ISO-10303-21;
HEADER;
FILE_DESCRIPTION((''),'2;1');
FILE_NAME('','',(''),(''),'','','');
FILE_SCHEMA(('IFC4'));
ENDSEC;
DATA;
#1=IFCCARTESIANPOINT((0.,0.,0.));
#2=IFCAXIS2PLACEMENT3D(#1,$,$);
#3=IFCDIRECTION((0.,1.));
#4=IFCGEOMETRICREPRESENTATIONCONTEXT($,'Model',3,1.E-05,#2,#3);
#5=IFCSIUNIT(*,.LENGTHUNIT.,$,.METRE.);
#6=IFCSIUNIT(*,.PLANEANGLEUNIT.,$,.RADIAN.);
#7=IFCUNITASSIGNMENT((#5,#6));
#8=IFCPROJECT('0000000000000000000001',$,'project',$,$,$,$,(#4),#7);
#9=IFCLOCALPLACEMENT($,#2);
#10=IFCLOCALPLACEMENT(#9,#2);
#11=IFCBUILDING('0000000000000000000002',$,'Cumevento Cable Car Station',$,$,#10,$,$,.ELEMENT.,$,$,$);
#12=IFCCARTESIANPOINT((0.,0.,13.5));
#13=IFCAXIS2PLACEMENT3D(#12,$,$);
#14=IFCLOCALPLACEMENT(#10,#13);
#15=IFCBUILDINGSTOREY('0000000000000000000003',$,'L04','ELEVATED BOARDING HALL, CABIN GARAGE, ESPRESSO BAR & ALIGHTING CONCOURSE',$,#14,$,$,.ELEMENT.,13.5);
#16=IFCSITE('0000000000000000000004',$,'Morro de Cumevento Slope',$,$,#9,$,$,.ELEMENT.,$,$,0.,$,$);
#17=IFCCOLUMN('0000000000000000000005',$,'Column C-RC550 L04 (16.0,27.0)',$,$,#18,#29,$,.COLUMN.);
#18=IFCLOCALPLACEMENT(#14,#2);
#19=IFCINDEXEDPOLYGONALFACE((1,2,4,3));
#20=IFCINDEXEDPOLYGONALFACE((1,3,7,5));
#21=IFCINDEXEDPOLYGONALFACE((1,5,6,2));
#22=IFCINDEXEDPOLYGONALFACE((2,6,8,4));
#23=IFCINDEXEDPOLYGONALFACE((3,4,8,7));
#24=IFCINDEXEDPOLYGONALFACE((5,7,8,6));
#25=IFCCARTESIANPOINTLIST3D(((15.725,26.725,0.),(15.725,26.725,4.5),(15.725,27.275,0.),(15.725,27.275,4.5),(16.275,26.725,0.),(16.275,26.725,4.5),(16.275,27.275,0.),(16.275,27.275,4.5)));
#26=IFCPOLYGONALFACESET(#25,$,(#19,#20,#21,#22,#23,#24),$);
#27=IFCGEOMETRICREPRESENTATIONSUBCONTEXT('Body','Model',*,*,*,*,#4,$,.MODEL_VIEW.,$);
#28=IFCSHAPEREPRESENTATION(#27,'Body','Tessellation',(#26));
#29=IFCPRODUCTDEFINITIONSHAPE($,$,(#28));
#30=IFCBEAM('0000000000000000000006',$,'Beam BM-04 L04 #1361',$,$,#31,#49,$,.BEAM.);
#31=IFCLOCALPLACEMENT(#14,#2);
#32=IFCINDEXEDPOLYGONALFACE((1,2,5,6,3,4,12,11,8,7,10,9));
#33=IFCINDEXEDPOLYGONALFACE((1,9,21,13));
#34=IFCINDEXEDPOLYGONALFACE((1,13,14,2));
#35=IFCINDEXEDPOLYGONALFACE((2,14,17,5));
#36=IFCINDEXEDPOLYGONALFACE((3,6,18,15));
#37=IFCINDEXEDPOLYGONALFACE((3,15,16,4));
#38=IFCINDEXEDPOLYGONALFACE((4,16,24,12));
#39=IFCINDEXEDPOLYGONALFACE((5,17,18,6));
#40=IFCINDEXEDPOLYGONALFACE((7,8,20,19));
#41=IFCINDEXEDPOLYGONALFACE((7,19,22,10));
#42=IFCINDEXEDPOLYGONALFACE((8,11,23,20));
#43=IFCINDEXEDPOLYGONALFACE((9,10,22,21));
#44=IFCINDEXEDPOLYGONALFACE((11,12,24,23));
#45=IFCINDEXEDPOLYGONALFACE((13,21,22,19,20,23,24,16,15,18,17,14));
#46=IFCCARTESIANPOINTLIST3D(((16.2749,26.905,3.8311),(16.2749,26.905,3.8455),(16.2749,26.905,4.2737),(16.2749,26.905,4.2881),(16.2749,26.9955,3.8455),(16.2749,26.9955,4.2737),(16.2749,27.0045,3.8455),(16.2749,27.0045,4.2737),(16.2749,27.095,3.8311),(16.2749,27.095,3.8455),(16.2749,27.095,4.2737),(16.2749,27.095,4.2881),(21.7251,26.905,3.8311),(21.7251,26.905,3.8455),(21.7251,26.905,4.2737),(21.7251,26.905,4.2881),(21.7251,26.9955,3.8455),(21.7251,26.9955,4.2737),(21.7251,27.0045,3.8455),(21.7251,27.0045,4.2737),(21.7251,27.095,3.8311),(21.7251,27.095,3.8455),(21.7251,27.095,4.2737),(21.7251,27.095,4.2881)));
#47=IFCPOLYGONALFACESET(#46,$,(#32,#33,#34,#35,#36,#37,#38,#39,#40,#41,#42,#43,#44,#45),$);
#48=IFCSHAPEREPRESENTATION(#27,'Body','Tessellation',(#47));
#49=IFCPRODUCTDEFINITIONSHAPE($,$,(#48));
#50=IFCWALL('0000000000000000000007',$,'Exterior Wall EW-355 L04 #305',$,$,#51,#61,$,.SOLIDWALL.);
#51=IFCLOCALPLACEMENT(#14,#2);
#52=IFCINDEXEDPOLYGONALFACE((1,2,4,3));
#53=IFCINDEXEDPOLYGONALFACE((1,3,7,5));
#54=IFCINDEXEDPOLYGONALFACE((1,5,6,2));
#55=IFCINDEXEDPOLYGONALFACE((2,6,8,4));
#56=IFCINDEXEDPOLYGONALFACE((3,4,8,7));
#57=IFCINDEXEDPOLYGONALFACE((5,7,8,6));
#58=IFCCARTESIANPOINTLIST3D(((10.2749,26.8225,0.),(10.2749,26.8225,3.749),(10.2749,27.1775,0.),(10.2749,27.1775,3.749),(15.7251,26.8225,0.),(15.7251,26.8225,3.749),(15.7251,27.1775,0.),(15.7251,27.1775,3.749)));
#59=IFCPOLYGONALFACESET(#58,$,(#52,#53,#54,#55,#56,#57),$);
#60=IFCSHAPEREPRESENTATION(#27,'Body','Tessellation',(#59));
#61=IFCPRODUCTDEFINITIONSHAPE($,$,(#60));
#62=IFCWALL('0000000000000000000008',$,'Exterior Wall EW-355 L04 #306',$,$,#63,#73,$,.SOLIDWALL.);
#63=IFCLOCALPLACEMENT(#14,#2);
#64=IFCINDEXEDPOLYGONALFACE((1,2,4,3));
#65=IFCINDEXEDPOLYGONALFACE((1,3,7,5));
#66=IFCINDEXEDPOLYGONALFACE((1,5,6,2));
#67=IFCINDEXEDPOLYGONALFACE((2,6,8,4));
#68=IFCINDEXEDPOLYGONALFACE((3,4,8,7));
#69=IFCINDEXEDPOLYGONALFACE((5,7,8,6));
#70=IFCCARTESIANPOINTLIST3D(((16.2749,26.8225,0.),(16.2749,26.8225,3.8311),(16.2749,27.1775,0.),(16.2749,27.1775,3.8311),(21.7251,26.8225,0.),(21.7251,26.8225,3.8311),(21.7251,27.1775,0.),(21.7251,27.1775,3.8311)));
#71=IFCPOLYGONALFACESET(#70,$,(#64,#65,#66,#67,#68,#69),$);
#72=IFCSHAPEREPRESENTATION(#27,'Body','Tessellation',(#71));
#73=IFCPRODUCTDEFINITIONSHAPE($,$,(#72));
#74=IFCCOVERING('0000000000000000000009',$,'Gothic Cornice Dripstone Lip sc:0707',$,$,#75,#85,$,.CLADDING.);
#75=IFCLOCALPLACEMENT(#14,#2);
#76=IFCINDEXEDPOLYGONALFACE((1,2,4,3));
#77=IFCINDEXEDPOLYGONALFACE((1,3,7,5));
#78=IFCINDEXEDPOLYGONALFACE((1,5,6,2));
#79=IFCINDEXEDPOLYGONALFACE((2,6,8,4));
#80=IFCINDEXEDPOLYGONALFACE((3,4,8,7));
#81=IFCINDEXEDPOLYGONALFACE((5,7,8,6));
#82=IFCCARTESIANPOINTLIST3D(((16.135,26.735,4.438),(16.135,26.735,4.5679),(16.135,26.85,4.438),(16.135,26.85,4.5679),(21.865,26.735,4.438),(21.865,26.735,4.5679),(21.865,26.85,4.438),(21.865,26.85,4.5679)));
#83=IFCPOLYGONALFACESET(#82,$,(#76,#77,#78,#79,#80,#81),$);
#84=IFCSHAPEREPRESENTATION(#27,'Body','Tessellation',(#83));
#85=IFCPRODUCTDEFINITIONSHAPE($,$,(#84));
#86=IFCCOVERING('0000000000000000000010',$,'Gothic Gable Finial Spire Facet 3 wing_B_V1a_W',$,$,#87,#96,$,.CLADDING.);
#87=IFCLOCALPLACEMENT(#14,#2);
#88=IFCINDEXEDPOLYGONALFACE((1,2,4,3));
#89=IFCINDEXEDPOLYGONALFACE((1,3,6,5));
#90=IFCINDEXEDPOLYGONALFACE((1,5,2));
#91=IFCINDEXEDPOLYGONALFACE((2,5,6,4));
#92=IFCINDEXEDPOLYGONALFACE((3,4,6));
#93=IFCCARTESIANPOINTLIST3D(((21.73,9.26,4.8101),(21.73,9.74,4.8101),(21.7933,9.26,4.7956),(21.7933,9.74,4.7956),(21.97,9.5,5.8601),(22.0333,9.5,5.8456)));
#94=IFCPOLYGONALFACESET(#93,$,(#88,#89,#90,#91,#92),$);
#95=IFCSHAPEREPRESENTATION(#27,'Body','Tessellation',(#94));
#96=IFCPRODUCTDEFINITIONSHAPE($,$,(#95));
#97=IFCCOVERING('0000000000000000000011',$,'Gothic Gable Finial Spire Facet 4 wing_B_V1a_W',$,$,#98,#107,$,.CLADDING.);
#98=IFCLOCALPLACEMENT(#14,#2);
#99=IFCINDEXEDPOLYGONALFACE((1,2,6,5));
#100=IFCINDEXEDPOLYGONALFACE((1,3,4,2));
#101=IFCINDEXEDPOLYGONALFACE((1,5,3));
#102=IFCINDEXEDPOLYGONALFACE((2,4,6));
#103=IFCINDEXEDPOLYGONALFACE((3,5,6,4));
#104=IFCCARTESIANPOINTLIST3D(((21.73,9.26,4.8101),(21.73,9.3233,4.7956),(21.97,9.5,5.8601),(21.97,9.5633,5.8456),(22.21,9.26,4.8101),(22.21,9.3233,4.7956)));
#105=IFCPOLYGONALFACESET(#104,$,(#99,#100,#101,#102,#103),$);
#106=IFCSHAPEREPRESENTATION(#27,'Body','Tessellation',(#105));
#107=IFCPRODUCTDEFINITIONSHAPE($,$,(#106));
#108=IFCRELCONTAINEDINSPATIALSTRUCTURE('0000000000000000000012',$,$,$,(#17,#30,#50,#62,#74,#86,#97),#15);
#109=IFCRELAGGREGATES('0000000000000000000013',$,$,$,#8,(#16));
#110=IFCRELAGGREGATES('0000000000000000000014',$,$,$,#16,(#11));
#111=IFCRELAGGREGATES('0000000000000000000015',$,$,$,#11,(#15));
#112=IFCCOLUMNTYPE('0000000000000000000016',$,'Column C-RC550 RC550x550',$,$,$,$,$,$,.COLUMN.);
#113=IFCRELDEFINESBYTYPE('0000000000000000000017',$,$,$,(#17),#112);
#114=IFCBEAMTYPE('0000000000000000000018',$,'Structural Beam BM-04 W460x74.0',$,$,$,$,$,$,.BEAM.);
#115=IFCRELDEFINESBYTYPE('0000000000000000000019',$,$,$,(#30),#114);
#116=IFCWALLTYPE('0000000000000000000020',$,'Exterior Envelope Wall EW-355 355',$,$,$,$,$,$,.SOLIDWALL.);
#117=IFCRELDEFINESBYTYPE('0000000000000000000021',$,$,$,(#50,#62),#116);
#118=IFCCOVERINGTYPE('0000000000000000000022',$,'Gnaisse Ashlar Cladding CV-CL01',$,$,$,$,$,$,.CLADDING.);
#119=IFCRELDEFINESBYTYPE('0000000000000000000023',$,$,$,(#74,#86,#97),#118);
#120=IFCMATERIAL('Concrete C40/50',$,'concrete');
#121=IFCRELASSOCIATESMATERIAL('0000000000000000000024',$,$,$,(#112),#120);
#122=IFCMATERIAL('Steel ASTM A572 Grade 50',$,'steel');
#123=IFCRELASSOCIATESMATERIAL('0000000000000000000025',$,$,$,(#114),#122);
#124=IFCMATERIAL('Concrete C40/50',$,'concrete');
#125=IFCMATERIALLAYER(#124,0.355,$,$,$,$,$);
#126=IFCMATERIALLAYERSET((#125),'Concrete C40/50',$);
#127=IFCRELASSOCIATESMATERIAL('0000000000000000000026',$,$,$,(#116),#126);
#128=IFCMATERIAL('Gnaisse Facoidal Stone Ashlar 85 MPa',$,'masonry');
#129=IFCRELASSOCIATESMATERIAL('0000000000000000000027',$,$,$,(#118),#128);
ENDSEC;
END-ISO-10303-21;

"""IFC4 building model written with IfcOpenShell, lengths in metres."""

from ifc_helpers import new_model, si_unit, direction, frame, frame_2d, origin, origin_2d, place, context, subcontext, project, spatial, polyline, rectangle, i_section, outline, extrude, material, layer, layer_set, material_profile, profile_set, type_object, element, save


model = new_model("IFC4")

# Units and contexts
model_context = context("Model", 3, precision=1e-05, world=origin(), true_north=direction((0.0, 1.0)))
body_context = subcontext(model_context, "Body", "Model", "MODEL_VIEW")
ifc_project = project(units=[si_unit("LENGTHUNIT", "METRE"), si_unit("PLANEANGLEUNIT", "RADIAN")], contexts=[model_context])

# Site, building, storey
site_placement = place(None, origin())
site = spatial("IfcSite", under=ifc_project, at=site_placement, Name="Morro de Cumevento Slope", CompositionType="ELEMENT", RefElevation=0.0)
building_placement = place(site_placement, origin())
building = spatial("IfcBuilding", under=site, at=building_placement, Name="Cumevento Cable Car Station", CompositionType="ELEMENT")
storey_placement = place(building_placement, frame((0.0, 0.0, 13.5)))
storey = spatial("IfcBuildingStorey", under=building, at=storey_placement, Name="L04", Description="ELEVATED BOARDING HALL, CABIN GARAGE, ESPRESSO BAR & ALIGHTING CONCOURSE", CompositionType="ELEMENT", Elevation=13.5)

# Column
ifc_material_1 = material(Name="Concrete C40/50", Category="concrete")
ifc_material_profile_1 = material_profile(ifc_material_1, rectangle(XDim=0.55, YDim=0.55, at=origin_2d()), Name="RC550x550")
ifc_profile_set_1 = profile_set([ifc_material_profile_1], Name="Concrete C40/50")
column_type = type_object("IfcColumnType", Name="Column C-RC550 RC550x550", PredefinedType="COLUMN", material=ifc_profile_set_1)
column_placement = place(storey_placement, frame((16.0, 27.0, 0.0), z_axis=(0.0, 0.0, 1.0), x_axis=(1.0, 0.0, 0.0)))
element("IfcColumn", 1, at=column_placement, inside=storey, type_object=column_type, Name="Column C-RC550 L04 (16.0,27.0)", PredefinedType="COLUMN", context=body_context, shape_type="SweptSolid", body=[
    extrude(rectangle(XDim=0.55, YDim=0.55, at=origin_2d()), origin(), (0.0, 0.0, 1.0), 4.5),
])

# Beam
ifc_material_2 = material(Name="Steel ASTM A572 Grade 50", Category="steel")
ifc_material_profile_2 = material_profile(ifc_material_2, i_section(OverallWidth=0.1899, OverallDepth=0.457, WebThickness=0.009, FlangeThickness=0.0144, at=origin_2d()), Name="W460x74.0")
ifc_profile_set_2 = profile_set([ifc_material_profile_2], Name="Steel ASTM A572 Grade 50")
beam_type = type_object("IfcBeamType", Name="Structural Beam BM-04 W460x74.0", PredefinedType="BEAM", material=ifc_profile_set_2)
beam_placement = place(storey_placement, frame((16.2749, 27.0, 4.0596), z_axis=(1.0, 0.0, 0.0), x_axis=(0.0, 1.0, 0.0)))
element("IfcBeam", 2, at=beam_placement, inside=storey, type_object=beam_type, Name="Beam BM-04 L04 #1361", PredefinedType="BEAM", context=body_context, shape_type="SweptSolid", body=[
    extrude(i_section(OverallWidth=0.1899, OverallDepth=0.457, WebThickness=0.009, FlangeThickness=0.0144, at=origin_2d()), origin(), (0.0, 0.0, 1.0), 5.4502),
])

# Walls
ifc_material_3 = material(Name="Concrete C40/50", Category="concrete")
ifc_layer = layer(ifc_material_3, 0.355)
ifc_layer_set = layer_set([ifc_layer], Name="Concrete C40/50")
wall_type = type_object("IfcWallType", Name="Exterior Envelope Wall EW-355 355", PredefinedType="SOLIDWALL", material=ifc_layer_set)
wall_1_placement = place(storey_placement, frame((15.7251, 27.0, 0.0), z_axis=(0.0, 0.0, 1.0), x_axis=(-1.0, 0.0, 0.0)))
element("IfcWall", 3, at=wall_1_placement, inside=storey, type_object=wall_type, Name="Exterior Wall EW-355 L04 #305", PredefinedType="SOLIDWALL", context=body_context, shape_type="SweptSolid", body=[
    extrude(rectangle(XDim=5.4502, YDim=0.355, at=frame_2d((2.7251, 0.0))), origin(), (0.0, 0.0, 1.0), 3.749),
])
wall_2_placement = place(storey_placement, frame((21.7251, 27.0, 0.0), z_axis=(0.0, 0.0, 1.0), x_axis=(-1.0, 0.0, 0.0)))
element("IfcWall", 4, at=wall_2_placement, inside=storey, type_object=wall_type, Name="Exterior Wall EW-355 L04 #306", PredefinedType="SOLIDWALL", context=body_context, shape_type="SweptSolid", body=[
    extrude(rectangle(XDim=5.4502, YDim=0.355, at=frame_2d((2.7251, 0.0))), origin(), (0.0, 0.0, 1.0), 3.8311),
])

# Coverings
ifc_material_4 = material(Name="Gnaisse Facoidal Stone Ashlar 85 MPa", Category="masonry")
covering_type = type_object("IfcCoveringType", Name="Gnaisse Ashlar Cladding CV-CL01", PredefinedType="CLADDING", material=ifc_material_4)
covering_1_placement = place(storey_placement, frame((19.0, 26.7925, 4.438), z_axis=(0.0, 0.0, 1.0), x_axis=(-1.0, 0.0, 0.0)))
element("IfcCovering", 5, at=covering_1_placement, inside=storey, type_object=covering_type, Name="Gothic Cornice Dripstone Lip sc:0707", PredefinedType="CLADDING", context=body_context, shape_type="SweptSolid", body=[
    extrude(rectangle(XDim=5.73, YDim=0.115, at=origin_2d()), origin(), (0.0, 0.0, 1.0), 0.1299),
])
for number, where, z_axis, x_axis, name in (
    (6, (21.73, 9.74, 4.8101), (-0.974863, 0.0, 0.222806), (0.0, -1.0, 0.0), "Gothic Gable Finial Spire Facet 3 wing_B_V1a_W"),
    (7, (21.73, 9.26, 4.8101), (0.0, -0.974863, 0.222806), (1.0, 0.0, 0.0), "Gothic Gable Finial Spire Facet 4 wing_B_V1a_W"),
):
    element("IfcCovering", number, at=place(storey_placement, frame(where, z_axis=z_axis, x_axis=x_axis)), inside=storey, type_object=covering_type, Name=name, PredefinedType="CLADDING", context=body_context, shape_type="SweptSolid", body=[
        extrude(outline(polyline([(0.0, 0.0), (0.48, 0.0), (0.24, 1.0771), (0.0, 0.0)])), origin(), (0.0, 0.0, -1.0), 0.0649),
    ])

save(model, "model.ifc")
